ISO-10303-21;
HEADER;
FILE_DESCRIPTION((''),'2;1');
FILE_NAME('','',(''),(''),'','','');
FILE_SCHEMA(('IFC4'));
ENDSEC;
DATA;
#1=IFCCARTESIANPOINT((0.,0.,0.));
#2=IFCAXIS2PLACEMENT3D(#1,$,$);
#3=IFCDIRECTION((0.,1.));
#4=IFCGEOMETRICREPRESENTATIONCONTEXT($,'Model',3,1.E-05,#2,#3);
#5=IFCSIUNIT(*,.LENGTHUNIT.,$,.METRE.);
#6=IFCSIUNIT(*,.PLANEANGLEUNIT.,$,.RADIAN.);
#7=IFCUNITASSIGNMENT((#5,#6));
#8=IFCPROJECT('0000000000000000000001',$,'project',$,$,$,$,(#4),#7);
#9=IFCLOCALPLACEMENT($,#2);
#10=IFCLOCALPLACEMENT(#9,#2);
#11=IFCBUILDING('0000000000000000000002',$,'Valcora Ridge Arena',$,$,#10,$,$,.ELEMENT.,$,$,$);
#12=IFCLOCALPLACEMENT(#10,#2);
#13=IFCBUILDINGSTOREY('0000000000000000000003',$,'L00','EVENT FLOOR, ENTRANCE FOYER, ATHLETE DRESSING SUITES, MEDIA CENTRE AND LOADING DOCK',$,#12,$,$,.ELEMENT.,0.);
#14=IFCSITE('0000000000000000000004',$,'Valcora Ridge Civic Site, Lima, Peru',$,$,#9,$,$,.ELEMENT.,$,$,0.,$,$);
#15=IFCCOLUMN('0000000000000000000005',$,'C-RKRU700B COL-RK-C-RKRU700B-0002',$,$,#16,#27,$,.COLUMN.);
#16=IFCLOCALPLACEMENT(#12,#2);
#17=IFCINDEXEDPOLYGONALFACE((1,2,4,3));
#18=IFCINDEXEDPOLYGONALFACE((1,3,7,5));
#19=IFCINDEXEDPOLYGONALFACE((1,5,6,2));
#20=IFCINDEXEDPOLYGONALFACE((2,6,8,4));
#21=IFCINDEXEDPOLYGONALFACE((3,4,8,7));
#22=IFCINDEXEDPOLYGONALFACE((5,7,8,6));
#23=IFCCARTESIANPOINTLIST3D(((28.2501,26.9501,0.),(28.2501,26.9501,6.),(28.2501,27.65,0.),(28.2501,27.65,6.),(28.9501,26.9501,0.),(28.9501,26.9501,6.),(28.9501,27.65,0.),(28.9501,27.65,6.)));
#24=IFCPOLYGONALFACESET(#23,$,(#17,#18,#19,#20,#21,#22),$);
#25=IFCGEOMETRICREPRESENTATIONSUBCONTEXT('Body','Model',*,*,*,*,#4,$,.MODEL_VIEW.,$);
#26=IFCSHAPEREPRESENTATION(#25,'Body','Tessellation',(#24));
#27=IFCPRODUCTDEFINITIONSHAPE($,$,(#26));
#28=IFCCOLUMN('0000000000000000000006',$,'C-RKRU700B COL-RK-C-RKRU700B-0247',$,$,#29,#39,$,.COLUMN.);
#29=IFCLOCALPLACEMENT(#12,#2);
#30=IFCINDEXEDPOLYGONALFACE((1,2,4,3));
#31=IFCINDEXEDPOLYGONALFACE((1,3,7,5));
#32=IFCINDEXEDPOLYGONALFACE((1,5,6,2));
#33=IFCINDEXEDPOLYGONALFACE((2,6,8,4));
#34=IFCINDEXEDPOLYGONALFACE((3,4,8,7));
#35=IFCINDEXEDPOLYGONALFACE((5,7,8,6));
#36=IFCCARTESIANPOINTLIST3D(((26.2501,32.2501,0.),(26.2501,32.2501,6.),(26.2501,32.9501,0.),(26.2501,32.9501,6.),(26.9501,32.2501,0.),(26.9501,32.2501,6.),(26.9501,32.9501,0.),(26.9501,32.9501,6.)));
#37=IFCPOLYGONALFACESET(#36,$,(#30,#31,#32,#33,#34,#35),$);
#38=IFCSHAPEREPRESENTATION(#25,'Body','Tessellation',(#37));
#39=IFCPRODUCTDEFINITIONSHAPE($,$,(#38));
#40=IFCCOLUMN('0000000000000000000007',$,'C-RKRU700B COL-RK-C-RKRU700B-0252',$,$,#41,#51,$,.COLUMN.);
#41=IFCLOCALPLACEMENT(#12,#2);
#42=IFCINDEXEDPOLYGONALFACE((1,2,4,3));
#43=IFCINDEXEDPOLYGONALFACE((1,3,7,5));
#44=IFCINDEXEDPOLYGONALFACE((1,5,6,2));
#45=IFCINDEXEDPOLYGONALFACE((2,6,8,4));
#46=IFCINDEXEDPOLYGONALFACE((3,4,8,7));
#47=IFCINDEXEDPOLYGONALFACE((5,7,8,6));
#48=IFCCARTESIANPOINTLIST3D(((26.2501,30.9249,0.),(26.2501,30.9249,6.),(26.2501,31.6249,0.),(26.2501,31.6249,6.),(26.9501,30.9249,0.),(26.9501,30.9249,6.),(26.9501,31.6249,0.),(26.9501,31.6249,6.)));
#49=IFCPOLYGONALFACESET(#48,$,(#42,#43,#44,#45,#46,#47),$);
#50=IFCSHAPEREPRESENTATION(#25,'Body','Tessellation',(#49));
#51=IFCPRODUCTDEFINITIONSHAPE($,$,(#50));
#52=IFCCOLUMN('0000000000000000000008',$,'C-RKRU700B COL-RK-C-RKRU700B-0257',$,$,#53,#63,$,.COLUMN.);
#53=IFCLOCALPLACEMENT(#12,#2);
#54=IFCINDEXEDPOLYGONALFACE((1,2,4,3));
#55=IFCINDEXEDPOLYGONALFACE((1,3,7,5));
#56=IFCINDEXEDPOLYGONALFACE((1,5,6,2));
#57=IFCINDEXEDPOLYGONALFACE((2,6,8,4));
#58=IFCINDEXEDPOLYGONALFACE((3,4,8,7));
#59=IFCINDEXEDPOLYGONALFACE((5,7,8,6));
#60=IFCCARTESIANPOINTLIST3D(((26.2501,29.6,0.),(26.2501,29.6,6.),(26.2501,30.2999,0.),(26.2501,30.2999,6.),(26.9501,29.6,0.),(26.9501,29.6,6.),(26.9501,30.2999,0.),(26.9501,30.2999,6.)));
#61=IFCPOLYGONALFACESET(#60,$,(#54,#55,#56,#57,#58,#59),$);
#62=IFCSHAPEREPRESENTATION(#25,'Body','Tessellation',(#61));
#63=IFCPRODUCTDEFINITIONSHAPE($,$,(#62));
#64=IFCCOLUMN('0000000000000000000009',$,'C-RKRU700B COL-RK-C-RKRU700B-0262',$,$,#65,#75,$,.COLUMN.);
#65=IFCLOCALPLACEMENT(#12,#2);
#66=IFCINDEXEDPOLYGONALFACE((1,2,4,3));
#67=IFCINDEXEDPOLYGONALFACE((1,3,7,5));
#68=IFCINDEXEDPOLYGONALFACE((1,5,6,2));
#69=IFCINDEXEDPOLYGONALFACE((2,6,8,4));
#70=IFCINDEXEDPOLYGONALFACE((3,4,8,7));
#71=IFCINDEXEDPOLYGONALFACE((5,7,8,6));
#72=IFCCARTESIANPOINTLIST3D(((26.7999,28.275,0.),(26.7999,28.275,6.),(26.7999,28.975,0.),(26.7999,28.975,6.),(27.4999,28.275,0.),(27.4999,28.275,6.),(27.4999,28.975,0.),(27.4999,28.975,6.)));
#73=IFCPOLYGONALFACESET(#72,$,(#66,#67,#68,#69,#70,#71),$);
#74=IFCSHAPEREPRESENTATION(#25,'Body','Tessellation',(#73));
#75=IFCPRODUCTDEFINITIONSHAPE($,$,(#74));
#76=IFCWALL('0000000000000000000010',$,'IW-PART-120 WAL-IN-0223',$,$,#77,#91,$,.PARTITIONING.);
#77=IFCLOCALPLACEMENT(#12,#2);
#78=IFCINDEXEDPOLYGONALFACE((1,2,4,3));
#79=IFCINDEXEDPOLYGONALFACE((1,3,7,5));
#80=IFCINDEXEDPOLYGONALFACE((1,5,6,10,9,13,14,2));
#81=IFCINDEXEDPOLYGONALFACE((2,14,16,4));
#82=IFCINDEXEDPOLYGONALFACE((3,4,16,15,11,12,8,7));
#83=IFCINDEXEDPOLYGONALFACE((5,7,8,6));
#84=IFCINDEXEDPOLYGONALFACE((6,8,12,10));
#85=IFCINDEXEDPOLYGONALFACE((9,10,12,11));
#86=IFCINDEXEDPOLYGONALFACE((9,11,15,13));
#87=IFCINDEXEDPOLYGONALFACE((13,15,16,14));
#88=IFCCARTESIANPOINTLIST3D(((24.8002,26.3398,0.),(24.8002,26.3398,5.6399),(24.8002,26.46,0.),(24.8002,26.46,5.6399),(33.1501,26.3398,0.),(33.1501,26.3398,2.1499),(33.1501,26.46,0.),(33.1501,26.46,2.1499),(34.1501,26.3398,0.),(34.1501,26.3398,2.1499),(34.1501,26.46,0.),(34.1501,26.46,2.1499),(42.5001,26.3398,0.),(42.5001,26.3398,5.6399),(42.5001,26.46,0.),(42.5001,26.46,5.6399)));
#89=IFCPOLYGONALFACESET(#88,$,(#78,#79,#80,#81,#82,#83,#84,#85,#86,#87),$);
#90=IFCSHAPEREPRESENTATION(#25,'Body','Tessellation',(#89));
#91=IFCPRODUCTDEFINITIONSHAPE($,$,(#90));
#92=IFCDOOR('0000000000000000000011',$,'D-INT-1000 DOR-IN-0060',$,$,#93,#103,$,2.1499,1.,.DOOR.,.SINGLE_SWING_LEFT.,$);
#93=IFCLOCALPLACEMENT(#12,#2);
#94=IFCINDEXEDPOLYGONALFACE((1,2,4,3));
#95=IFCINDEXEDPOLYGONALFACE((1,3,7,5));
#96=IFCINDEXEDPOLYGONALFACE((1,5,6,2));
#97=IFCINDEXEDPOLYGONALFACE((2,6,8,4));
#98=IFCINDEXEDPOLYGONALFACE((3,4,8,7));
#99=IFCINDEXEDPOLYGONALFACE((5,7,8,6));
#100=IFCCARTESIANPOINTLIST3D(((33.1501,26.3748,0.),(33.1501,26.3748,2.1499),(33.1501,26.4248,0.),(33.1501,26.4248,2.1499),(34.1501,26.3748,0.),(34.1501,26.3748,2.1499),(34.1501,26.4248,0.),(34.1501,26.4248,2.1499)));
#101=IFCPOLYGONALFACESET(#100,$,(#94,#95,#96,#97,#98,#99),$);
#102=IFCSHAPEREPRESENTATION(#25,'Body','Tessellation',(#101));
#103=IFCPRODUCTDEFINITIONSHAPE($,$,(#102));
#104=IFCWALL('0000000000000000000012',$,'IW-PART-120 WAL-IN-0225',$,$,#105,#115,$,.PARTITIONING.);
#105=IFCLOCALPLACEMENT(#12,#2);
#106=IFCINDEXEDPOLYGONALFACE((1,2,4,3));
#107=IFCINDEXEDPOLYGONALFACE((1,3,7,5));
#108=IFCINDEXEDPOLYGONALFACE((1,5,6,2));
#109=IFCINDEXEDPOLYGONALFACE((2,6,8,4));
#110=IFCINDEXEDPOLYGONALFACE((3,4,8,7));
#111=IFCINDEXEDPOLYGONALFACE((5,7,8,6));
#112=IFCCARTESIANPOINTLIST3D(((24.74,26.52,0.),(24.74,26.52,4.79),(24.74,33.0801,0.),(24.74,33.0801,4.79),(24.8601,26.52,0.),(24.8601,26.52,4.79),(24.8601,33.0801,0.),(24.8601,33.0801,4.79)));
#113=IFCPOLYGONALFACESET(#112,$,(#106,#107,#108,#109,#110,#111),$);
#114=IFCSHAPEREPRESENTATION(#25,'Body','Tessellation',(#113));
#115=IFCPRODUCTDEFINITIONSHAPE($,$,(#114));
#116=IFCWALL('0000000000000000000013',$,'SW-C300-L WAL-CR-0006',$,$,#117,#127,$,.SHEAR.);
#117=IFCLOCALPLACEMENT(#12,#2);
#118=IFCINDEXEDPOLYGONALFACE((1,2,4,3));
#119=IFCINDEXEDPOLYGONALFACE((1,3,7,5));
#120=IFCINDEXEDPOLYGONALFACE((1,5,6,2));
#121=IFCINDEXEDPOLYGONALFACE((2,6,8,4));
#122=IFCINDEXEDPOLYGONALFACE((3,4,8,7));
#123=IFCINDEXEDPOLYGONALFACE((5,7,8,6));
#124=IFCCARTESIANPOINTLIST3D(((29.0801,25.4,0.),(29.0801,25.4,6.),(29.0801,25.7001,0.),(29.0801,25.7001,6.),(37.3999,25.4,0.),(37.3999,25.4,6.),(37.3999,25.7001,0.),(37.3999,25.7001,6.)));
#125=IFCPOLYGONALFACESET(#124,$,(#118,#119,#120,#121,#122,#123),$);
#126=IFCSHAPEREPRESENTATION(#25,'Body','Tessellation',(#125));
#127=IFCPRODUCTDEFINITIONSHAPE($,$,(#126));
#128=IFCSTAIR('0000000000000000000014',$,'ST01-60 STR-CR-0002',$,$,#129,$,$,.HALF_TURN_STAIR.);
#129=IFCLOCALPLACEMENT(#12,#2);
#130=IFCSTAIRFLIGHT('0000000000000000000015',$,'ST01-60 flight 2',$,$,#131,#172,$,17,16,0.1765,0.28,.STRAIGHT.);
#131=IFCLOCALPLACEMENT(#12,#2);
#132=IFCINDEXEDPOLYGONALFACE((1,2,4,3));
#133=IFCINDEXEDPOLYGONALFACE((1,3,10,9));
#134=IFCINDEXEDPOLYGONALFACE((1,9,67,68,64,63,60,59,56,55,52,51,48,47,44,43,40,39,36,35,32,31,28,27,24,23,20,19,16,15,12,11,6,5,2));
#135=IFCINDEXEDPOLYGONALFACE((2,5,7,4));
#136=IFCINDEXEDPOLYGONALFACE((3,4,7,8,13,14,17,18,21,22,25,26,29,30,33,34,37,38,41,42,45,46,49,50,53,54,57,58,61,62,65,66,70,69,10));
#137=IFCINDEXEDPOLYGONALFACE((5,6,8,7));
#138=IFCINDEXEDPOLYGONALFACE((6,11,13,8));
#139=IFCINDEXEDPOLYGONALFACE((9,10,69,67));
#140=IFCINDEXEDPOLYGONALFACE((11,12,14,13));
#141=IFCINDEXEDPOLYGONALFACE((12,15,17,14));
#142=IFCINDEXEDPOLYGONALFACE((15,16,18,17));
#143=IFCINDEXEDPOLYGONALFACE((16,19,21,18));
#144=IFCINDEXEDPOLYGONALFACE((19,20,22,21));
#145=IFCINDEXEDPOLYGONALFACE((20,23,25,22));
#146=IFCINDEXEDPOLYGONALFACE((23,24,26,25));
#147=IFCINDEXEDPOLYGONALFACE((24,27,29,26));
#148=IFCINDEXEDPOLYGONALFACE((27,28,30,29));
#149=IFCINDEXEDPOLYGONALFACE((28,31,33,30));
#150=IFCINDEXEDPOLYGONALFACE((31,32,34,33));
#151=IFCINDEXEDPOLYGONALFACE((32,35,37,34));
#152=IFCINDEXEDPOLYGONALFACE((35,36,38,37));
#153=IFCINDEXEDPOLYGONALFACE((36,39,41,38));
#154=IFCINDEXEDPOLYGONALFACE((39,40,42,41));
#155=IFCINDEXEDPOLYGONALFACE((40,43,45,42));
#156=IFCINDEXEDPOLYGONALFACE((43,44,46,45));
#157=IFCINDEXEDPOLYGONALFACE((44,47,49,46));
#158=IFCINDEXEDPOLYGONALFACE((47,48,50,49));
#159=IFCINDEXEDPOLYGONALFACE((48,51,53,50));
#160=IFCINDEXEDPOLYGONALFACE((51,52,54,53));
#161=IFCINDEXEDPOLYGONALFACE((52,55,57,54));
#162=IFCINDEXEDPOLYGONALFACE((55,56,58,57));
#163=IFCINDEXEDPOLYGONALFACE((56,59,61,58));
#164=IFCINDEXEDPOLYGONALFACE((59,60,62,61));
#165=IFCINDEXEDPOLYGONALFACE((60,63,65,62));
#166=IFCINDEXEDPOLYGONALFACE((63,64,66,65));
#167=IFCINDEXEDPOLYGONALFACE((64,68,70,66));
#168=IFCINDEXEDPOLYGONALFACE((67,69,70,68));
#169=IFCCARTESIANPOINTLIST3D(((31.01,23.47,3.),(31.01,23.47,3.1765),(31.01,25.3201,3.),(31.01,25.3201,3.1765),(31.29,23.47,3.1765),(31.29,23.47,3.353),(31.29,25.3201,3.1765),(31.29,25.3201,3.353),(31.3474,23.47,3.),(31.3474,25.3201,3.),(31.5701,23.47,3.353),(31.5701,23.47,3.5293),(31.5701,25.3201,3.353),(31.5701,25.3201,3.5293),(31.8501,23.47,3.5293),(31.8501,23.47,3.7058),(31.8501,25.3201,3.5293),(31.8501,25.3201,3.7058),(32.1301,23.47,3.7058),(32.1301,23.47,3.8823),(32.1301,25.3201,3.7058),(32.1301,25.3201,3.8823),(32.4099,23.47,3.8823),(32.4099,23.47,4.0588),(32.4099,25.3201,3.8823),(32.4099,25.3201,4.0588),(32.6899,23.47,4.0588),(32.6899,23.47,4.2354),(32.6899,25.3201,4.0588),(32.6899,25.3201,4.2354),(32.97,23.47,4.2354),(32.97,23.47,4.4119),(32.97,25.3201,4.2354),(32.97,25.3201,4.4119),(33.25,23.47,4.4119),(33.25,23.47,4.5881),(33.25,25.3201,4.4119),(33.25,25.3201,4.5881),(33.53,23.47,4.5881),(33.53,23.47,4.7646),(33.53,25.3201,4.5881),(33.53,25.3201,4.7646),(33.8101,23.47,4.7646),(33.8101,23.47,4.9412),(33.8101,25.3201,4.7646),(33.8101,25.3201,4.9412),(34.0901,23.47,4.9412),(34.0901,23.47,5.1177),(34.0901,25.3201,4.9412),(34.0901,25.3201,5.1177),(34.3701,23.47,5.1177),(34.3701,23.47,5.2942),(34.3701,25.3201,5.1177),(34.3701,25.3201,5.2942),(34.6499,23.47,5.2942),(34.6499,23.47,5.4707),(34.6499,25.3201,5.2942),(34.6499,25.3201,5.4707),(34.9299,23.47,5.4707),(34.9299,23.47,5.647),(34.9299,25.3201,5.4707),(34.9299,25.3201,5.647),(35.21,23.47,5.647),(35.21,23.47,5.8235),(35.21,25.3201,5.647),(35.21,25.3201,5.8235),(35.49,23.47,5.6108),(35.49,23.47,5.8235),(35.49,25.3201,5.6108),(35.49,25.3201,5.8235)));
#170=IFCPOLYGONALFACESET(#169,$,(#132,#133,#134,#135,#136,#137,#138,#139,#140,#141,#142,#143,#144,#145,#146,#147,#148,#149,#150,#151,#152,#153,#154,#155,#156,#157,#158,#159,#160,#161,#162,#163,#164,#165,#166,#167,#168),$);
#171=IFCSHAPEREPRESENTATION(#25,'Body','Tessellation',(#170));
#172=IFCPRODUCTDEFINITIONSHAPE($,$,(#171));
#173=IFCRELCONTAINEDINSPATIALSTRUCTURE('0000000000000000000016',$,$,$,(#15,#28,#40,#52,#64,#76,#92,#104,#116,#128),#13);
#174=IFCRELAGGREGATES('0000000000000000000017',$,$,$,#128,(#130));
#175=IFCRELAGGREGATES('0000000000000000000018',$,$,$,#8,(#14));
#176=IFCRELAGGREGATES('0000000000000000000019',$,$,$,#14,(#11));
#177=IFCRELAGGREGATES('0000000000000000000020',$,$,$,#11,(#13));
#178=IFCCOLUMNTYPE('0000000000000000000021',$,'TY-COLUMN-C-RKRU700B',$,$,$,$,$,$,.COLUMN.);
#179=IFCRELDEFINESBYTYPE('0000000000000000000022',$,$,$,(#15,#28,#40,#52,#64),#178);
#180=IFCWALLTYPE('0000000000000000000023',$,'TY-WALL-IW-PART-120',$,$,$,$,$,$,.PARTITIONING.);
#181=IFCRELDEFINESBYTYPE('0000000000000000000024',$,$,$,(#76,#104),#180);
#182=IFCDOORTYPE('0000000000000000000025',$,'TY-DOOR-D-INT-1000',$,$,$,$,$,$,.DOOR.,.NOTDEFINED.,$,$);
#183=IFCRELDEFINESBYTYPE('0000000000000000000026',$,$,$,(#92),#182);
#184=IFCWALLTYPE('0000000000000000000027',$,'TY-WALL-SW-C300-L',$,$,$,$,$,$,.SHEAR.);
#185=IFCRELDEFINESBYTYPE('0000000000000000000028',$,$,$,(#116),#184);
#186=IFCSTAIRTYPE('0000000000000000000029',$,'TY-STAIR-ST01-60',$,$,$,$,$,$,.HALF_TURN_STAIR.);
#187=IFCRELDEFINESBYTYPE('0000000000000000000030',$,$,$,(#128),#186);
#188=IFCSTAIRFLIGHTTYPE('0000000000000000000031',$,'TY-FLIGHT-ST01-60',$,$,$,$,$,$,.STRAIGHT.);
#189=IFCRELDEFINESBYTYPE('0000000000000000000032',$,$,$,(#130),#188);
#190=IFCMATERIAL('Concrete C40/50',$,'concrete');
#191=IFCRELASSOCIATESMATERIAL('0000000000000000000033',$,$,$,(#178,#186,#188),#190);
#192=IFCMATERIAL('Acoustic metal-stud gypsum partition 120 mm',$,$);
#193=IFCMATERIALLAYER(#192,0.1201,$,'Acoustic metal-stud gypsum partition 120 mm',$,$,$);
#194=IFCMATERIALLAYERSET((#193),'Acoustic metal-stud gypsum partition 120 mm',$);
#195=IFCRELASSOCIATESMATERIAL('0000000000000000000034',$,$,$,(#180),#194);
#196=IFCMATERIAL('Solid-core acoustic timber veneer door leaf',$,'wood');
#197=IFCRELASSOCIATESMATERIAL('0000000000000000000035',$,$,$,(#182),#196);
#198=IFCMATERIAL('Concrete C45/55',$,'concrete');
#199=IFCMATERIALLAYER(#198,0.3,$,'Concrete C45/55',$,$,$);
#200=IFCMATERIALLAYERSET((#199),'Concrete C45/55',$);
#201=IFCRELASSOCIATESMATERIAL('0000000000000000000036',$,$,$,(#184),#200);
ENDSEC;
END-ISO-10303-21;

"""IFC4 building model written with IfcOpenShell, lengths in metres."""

from ifc_helpers import new_model, si_unit, direction, frame, frame_2d, origin, origin_2d, place, context, subcontext, project, spatial, polyline, rectangle, outline, extrude, material, layer, layer_set, material_profile, profile_set, type_object, element, fill, aggregate, save


model = new_model("IFC4")

# Units and contexts
model_context = context("Model", 3, precision=1e-05, world=origin(), true_north=direction((0.0, 1.0)))
body_context = subcontext(model_context, "Body", "Model", "MODEL_VIEW")
ifc_project = project(units=[si_unit("LENGTHUNIT", "METRE"), si_unit("PLANEANGLEUNIT", "RADIAN")], contexts=[model_context])

# Site, building, storey
site_placement = place(None, origin())
site = spatial("IfcSite", under=ifc_project, at=site_placement, Name="Valcora Ridge Civic Site, Lima, Peru", CompositionType="ELEMENT", RefElevation=0.0)
building_placement = place(site_placement, origin())
building = spatial("IfcBuilding", under=site, at=building_placement, Name="Valcora Ridge Arena", CompositionType="ELEMENT")
storey_placement = place(building_placement, origin())
storey = spatial("IfcBuildingStorey", under=building, at=storey_placement, Name="L00", Description="EVENT FLOOR, ENTRANCE FOYER, ATHLETE DRESSING SUITES, MEDIA CENTRE AND LOADING DOCK", CompositionType="ELEMENT", Elevation=0.0)

# Columns
ifc_material_1 = material(Name="Concrete C40/50", Category="concrete")
ifc_material_profile = material_profile(ifc_material_1, rectangle(XDim=0.7, YDim=0.7, at=origin_2d()), Name="RC 700x700")
ifc_profile_set = profile_set([ifc_material_profile], Name="Concrete C40/50")
column_type = type_object("IfcColumnType", Name="TY-COLUMN-C-RKRU700B", PredefinedType="COLUMN", material=ifc_profile_set)
for number, where, z_axis, x_axis, name in (
    (1, (28.6001, 27.3, 0.0), (0.0, 0.0, 1.0), (1.0, 0.0, 0.0), "C-RKRU700B COL-RK-C-RKRU700B-0002"),
    (2, (26.6001, 32.6001, 0.0), (0.0, 0.0, 1.0), (1.0, 0.0, 0.0), "C-RKRU700B COL-RK-C-RKRU700B-0247"),
    (3, (26.6001, 31.2749, 0.0), (0.0, 0.0, 1.0), (1.0, 0.0, 0.0), "C-RKRU700B COL-RK-C-RKRU700B-0252"),
    (4, (26.6001, 29.95, 0.0), (0.0, 0.0, 1.0), (1.0, 0.0, 0.0), "C-RKRU700B COL-RK-C-RKRU700B-0257"),
    (5, (27.1499, 28.625, 0.0), (0.0, 0.0, 1.0), (1.0, 0.0, 0.0), "C-RKRU700B COL-RK-C-RKRU700B-0262"),
):
    element("IfcColumn", number, at=place(storey_placement, frame(where, z_axis=z_axis, x_axis=x_axis)), inside=storey, type_object=column_type, Name=name, PredefinedType="COLUMN", context=body_context, shape_type="SweptSolid", body=[
        extrude(rectangle(XDim=0.7, YDim=0.7, at=origin_2d()), origin(), (0.0, 0.0, 1.0), 6.0),
    ])

# Wall, opening, door
ifc_material_2 = material(Name="Acoustic metal-stud gypsum partition 120 mm")
ifc_layer_1 = layer(ifc_material_2, 0.1201, Name="Acoustic metal-stud gypsum partition 120 mm")
ifc_layer_set_1 = layer_set([ifc_layer_1], Name="Acoustic metal-stud gypsum partition 120 mm")
wall_type_1 = type_object("IfcWallType", Name="TY-WALL-IW-PART-120", PredefinedType="PARTITIONING", material=ifc_layer_set_1)
wall_1_placement = place(storey_placement, frame((24.8, 26.3999, 0.0), z_axis=(0.0, 0.0, 1.0), x_axis=(1.0, 0.0, 0.0)))
wall_1 = element("IfcWall", 6, at=wall_1_placement, inside=storey, type_object=wall_type_1, Name="IW-PART-120 WAL-IN-0223", PredefinedType="PARTITIONING", context=body_context, shape_type="SweptSolid", body=[
    extrude(rectangle(XDim=17.7, YDim=0.1201, at=frame_2d((8.8501, 0.0))), origin(), (0.0, 0.0, 1.0), 5.6399),
])
opening_placement = place(wall_1_placement, frame((8.3501, 0.0, 0.0)))
opening = element("IfcOpeningElement", 7, at=opening_placement, cuts=wall_1, PredefinedType="OPENING", context=body_context, shape_type="SweptSolid", body=[
    extrude(rectangle(XDim=1.0, YDim=2.1499, at=frame_2d((0.5, 1.075))), frame((0.0, 0.0701, 0.0), z_axis=(0.0, -1.0, 0.0), x_axis=(1.0, 0.0, 0.0)), (0.0, 0.0, 1.0), 0.1401),
])
ifc_material_3 = material(Name="Solid-core acoustic timber veneer door leaf", Category="wood")
door_type = type_object("IfcDoorType", Name="TY-DOOR-D-INT-1000", OperationType="NOTDEFINED", PredefinedType="DOOR", material=ifc_material_3)
door_placement = place(opening_placement, origin())
door = element("IfcDoor", 8, at=door_placement, inside=storey, type_object=door_type, Name="D-INT-1000 DOR-IN-0060", OperationType="SINGLE_SWING_LEFT", OverallHeight=2.1499, OverallWidth=1.0, PredefinedType="DOOR", context=body_context, shape_type="SweptSolid", body=[
    extrude(rectangle(XDim=1.0, YDim=2.1499, at=frame_2d((0.5, 1.075))), frame((0.0, 0.0249, 0.0), z_axis=(0.0, -1.0, 0.0), x_axis=(1.0, 0.0, 0.0)), (0.0, 0.0, 1.0), 0.05),
])
fill(opening, door)

# Walls
wall_2_placement = place(storey_placement, frame((24.8, 26.52, 0.0), z_axis=(0.0, 0.0, 1.0), x_axis=(0.0, 1.0, 0.0)))
element("IfcWall", 9, at=wall_2_placement, inside=storey, type_object=wall_type_1, Name="IW-PART-120 WAL-IN-0225", PredefinedType="PARTITIONING", context=body_context, shape_type="SweptSolid", body=[
    extrude(rectangle(XDim=6.5601, YDim=0.1201, at=frame_2d((3.28, 0.0))), origin(), (0.0, 0.0, 1.0), 4.79),
])
ifc_material_4 = material(Name="Concrete C45/55", Category="concrete")
ifc_layer_2 = layer(ifc_material_4, 0.3, Name="Concrete C45/55")
ifc_layer_set_2 = layer_set([ifc_layer_2], Name="Concrete C45/55")
wall_type_2 = type_object("IfcWallType", Name="TY-WALL-SW-C300-L", PredefinedType="SHEAR", material=ifc_layer_set_2)
wall_3_placement = place(storey_placement, frame((29.0801, 25.55, 0.0), z_axis=(0.0, 0.0, 1.0), x_axis=(1.0, 0.0, 0.0)))
element("IfcWall", 10, at=wall_3_placement, inside=storey, type_object=wall_type_2, Name="SW-C300-L WAL-CR-0006", PredefinedType="SHEAR", context=body_context, shape_type="SweptSolid", body=[
    extrude(rectangle(XDim=8.3198, YDim=0.3, at=frame_2d((4.1599, 0.0))), origin(), (0.0, 0.0, 1.0), 6.0),
])

# Stair, stair flight
stair_type = type_object("IfcStairType", Name="TY-STAIR-ST01-60", PredefinedType="HALF_TURN_STAIR", material=ifc_material_1)
stair_placement = place(storey_placement, origin())
stair = element("IfcStair", 11, at=stair_placement, inside=storey, type_object=stair_type, Name="ST01-60 STR-CR-0002", PredefinedType="HALF_TURN_STAIR")
stair_flight_type = type_object("IfcStairFlightType", Name="TY-FLIGHT-ST01-60", PredefinedType="STRAIGHT", material=ifc_material_1)
stair_flight_placement = place(storey_placement, frame((31.01, 24.395, 3.0), z_axis=(0.0, 0.0, 1.0), x_axis=(1.0, 0.0, 0.0)))
stair_flight = element("IfcStairFlight", 12, at=stair_flight_placement, type_object=stair_flight_type, Name="ST01-60 flight 2", NumberOfRisers=17, NumberOfTreads=16, PredefinedType="STRAIGHT", RiserHeight=0.1765, TreadLength=0.28, context=body_context, shape_type="SweptSolid", body=[
    extrude(outline(polyline([(0.0, 0.0), (0.0, 0.1765), (0.28, 0.1765), (0.28, 0.353), (0.5601, 0.353), (0.5601, 0.5293), (0.8401, 0.5293), (0.8401, 0.7058), (1.1201, 0.7058), (1.1201, 0.8823), (1.3999, 0.8823), (1.3999, 1.0588), (1.6799, 1.0588), (1.6799, 1.2354), (1.96, 1.2354), (1.96, 1.4119), (2.24, 1.4119), (2.24, 1.5881), (2.52, 1.5881), (2.52, 1.7646), (2.8, 1.7646), (2.8, 1.9412), (3.0801, 1.9412), (3.0801, 2.1177), (3.3601, 2.1177), (3.3601, 2.2942), (3.6399, 2.2942), (3.6399, 2.4707), (3.9199, 2.4707), (3.9199, 2.647), (4.2, 2.647), (4.2, 2.8235), (4.48, 2.8235), (4.48, 3.0), (4.48, 2.6108), (0.3374, 0.0), (0.0, 0.0)])), frame((0.0, 0.925, 0.0), z_axis=(0.0, -1.0, 0.0), x_axis=(1.0, 0.0, 0.0)), (0.0, 0.0, 1.0), 1.8501),
])
aggregate(stair, [stair_flight])

save(model, "model.ifc")
